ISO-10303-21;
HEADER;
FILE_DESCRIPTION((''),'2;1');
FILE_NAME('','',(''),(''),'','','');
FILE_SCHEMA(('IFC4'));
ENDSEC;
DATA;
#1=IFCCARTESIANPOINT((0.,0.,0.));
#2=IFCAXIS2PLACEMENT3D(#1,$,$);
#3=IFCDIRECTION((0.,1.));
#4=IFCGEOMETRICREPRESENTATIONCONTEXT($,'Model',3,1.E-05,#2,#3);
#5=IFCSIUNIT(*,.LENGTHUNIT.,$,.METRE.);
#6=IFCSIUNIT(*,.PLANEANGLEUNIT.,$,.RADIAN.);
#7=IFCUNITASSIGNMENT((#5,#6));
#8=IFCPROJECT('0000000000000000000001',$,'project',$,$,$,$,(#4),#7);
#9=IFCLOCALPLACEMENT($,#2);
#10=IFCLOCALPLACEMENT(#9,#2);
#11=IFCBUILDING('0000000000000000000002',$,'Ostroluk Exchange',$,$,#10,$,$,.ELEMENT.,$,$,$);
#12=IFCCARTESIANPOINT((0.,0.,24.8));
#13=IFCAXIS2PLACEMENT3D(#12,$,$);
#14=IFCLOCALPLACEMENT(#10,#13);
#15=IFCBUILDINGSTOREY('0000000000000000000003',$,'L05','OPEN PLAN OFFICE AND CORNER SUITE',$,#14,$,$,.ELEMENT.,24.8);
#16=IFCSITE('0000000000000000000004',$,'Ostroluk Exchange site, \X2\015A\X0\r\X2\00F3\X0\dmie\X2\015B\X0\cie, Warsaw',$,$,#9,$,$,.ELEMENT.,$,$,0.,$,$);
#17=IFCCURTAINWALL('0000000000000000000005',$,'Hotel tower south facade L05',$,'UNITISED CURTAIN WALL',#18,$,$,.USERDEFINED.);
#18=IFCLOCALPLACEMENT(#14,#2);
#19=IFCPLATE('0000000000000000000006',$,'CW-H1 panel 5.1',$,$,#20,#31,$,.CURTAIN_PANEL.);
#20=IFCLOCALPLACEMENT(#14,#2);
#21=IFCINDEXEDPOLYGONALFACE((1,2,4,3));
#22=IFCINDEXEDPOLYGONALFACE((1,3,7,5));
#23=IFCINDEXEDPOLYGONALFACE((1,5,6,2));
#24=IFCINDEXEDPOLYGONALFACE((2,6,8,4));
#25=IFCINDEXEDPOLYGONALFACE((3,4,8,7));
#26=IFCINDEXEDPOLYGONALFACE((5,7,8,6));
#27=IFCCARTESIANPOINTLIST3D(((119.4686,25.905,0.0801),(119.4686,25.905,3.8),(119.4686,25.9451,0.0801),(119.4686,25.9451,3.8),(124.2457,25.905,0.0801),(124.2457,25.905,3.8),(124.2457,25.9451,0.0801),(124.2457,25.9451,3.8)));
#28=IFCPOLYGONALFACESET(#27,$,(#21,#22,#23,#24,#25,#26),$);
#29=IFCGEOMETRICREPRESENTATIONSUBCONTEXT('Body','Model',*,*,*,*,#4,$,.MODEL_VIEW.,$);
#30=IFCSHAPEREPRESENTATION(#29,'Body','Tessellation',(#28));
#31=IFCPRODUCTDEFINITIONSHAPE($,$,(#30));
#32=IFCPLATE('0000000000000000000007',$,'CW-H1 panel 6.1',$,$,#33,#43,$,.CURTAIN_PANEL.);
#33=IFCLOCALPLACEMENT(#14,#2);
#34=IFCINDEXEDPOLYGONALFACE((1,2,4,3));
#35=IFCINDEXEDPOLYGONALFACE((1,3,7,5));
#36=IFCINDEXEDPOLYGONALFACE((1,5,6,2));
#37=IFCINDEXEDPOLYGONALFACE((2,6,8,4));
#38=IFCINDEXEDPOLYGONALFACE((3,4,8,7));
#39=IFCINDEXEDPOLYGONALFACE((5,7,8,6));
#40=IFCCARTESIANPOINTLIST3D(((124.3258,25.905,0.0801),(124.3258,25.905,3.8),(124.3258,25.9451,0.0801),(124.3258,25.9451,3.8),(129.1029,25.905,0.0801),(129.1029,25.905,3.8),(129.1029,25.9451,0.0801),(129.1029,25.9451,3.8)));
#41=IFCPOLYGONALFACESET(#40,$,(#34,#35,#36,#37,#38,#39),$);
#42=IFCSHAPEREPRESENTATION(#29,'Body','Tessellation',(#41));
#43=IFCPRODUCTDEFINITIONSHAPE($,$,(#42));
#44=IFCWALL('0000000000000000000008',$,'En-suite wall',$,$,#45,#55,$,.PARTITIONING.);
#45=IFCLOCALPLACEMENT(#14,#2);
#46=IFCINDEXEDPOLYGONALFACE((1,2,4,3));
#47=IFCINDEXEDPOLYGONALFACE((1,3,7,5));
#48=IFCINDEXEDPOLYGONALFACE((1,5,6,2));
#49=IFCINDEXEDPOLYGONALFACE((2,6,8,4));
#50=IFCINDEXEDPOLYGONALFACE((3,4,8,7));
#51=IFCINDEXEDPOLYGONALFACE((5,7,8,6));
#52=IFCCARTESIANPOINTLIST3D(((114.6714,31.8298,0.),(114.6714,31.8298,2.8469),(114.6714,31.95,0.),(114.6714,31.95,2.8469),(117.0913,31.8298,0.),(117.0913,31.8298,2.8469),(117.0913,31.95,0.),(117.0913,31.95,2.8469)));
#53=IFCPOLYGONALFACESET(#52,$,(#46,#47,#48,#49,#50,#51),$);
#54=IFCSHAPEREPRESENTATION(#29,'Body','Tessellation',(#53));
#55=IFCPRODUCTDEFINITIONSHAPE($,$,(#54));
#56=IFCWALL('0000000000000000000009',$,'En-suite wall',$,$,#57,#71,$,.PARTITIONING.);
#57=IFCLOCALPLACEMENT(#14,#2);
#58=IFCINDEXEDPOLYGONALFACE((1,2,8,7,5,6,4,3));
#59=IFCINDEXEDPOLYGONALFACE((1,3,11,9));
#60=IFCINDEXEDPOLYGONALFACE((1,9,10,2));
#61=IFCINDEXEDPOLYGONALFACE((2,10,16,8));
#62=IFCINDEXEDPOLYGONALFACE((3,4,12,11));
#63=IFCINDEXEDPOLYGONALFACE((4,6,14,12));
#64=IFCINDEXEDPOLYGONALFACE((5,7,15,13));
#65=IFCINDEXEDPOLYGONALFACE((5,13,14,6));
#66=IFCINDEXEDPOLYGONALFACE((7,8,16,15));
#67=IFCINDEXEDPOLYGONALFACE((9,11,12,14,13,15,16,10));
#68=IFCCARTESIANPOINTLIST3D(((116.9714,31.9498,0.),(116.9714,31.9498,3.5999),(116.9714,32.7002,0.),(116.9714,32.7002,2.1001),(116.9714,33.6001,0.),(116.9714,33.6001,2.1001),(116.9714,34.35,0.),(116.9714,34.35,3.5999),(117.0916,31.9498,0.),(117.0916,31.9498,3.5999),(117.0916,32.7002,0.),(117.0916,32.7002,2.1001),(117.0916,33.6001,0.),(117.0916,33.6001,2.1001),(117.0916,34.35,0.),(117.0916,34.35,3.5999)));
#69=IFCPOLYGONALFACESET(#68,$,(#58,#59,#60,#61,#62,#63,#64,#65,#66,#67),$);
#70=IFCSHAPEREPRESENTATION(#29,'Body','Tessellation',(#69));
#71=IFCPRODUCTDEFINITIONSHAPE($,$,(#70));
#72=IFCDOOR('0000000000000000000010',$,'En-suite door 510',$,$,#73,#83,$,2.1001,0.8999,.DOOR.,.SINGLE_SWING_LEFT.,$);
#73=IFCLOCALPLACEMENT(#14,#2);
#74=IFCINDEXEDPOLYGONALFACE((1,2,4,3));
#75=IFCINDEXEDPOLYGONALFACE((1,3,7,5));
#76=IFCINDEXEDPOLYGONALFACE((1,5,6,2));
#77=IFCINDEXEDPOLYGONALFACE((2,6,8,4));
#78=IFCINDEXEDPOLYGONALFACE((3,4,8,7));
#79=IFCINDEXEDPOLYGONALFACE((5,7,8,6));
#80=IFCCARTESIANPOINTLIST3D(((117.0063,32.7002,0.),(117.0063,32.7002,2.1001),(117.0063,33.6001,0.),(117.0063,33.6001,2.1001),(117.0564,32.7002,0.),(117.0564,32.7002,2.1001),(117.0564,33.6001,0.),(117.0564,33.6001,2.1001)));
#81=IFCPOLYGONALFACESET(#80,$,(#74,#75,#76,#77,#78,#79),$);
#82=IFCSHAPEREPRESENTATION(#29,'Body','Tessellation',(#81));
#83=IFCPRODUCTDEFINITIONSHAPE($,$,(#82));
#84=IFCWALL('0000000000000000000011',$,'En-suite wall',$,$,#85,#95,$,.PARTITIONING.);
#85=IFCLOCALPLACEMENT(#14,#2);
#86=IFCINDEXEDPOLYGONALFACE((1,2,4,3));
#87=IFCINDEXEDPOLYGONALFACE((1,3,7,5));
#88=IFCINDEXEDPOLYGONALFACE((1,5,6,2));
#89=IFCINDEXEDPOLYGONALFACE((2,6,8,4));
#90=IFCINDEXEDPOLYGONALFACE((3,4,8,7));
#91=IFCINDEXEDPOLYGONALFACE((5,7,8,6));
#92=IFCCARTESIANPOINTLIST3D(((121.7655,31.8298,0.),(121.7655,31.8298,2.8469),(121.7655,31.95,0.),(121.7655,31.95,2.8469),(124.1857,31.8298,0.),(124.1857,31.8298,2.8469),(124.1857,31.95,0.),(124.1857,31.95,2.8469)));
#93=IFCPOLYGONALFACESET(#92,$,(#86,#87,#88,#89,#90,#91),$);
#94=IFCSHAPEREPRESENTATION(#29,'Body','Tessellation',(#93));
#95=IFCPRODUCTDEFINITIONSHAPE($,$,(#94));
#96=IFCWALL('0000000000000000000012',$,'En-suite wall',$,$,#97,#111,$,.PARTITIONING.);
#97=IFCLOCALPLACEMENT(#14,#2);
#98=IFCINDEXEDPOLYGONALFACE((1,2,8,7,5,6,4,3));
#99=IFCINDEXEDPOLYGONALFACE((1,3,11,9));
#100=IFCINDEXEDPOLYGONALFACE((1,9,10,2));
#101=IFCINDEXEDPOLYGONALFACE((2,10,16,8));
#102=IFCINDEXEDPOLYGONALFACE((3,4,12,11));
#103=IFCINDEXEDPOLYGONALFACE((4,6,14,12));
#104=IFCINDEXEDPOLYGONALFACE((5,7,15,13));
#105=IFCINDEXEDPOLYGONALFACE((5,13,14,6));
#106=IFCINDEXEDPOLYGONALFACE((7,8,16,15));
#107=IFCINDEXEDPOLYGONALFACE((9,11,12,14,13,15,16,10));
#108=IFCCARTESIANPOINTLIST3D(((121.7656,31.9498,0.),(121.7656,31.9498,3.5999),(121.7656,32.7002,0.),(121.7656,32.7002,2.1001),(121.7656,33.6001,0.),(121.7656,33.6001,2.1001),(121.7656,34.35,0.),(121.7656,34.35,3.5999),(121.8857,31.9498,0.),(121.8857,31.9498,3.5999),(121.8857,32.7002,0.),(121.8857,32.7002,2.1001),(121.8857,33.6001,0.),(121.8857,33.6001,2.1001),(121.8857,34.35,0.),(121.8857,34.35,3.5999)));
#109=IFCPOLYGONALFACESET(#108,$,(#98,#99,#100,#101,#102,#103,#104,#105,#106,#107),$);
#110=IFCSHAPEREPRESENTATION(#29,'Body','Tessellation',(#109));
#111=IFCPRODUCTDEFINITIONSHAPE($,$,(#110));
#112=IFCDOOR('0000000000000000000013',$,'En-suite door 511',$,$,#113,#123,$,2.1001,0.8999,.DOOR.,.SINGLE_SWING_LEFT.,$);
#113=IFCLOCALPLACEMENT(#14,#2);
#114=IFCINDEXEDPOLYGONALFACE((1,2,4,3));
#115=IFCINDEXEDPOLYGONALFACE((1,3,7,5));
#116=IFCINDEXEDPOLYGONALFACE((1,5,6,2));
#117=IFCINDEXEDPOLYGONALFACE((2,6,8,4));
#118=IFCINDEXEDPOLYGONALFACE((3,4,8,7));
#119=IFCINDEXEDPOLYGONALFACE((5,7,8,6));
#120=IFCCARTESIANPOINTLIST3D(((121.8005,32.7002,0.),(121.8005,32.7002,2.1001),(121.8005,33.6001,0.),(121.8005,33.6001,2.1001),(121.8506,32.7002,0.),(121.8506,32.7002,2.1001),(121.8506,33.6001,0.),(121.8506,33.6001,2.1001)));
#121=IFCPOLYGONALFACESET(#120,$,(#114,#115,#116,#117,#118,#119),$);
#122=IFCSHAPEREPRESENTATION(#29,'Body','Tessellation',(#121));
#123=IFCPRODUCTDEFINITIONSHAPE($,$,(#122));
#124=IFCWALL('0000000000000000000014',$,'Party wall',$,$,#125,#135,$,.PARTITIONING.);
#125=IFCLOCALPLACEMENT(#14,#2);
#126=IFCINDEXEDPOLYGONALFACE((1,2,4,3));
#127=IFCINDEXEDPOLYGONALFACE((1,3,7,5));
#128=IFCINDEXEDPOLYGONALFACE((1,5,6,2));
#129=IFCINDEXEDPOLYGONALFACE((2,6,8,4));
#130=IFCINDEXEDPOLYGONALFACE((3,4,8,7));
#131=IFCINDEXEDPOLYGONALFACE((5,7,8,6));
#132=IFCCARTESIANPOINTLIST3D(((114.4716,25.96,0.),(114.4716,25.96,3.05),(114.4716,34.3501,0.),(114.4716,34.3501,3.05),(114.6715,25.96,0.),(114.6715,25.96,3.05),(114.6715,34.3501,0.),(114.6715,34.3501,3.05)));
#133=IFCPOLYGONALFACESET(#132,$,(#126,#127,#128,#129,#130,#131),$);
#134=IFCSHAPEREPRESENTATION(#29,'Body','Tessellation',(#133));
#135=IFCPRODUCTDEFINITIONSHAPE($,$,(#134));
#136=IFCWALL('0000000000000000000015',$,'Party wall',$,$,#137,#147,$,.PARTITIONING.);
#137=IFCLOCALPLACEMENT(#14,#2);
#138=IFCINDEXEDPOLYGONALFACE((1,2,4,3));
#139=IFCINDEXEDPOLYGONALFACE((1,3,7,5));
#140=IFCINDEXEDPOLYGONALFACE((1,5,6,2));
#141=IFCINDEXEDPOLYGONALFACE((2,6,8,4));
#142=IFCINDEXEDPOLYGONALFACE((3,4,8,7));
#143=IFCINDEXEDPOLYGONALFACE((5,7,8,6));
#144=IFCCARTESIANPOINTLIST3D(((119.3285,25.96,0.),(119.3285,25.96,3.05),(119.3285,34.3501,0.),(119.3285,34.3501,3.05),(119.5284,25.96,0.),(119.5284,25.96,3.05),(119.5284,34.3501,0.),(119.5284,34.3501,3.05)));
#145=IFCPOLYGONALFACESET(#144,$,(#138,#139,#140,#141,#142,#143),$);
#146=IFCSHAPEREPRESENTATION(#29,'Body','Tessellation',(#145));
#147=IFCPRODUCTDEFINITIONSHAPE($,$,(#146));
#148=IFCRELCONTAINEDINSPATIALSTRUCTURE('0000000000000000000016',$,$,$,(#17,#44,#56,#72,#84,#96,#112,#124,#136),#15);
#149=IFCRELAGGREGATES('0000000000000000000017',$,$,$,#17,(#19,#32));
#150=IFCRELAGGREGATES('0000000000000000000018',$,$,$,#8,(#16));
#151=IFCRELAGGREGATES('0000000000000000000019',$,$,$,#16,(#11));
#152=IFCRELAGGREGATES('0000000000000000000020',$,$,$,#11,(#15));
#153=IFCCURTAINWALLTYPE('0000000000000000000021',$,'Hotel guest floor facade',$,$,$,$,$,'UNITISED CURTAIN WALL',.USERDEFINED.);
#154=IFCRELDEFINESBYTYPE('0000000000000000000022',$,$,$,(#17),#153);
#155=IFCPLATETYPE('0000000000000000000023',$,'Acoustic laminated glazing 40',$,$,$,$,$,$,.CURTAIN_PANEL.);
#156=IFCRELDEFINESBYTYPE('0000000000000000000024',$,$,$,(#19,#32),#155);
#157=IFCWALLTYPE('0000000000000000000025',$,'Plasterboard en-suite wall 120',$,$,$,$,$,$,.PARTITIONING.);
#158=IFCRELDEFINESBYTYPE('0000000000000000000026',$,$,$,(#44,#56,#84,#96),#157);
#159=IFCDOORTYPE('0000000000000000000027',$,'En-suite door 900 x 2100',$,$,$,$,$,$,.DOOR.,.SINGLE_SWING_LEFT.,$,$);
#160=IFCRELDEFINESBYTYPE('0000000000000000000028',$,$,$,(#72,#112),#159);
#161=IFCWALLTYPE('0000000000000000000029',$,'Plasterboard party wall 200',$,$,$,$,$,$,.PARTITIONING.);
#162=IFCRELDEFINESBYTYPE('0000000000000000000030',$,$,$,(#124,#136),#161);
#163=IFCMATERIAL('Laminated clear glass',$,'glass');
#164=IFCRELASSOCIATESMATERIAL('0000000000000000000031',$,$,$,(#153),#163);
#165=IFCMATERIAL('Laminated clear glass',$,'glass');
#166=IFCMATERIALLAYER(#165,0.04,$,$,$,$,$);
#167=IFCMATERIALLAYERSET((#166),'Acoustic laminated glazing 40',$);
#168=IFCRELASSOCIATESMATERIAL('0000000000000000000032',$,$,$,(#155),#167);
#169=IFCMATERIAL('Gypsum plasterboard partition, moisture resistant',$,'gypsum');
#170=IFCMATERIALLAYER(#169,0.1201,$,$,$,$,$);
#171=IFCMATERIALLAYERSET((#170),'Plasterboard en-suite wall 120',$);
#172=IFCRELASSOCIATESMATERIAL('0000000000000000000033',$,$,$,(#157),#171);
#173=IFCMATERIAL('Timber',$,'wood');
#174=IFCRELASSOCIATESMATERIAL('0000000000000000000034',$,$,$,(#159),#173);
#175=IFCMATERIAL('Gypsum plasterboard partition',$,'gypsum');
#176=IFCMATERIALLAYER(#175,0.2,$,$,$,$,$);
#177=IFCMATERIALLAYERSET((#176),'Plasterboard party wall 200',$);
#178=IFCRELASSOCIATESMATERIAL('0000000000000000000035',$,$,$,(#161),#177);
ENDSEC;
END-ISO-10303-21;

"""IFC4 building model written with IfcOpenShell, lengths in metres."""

from ifc_helpers import new_model, si_unit, direction, frame, frame_2d, origin, origin_2d, place, context, subcontext, project, spatial, rectangle, extrude, material, layer, layer_set, type_object, element, fill, aggregate, save


model = new_model("IFC4")

# Units and contexts
model_context = context("Model", 3, precision=1e-05, world=origin(), true_north=direction((0.0, 1.0)))
body_context = subcontext(model_context, "Body", "Model", "MODEL_VIEW")
ifc_project = project(units=[si_unit("LENGTHUNIT", "METRE"), si_unit("PLANEANGLEUNIT", "RADIAN")], contexts=[model_context])

# Site, building, storey
site_placement = place(None, origin())
site = spatial("IfcSite", under=ifc_project, at=site_placement, Name="Ostroluk Exchange site, Śródmieście, Warsaw", CompositionType="ELEMENT", RefElevation=0.0)
building_placement = place(site_placement, origin())
building = spatial("IfcBuilding", under=site, at=building_placement, Name="Ostroluk Exchange", CompositionType="ELEMENT")
storey_placement = place(building_placement, frame((0.0, 0.0, 24.8)))
storey = spatial("IfcBuildingStorey", under=building, at=storey_placement, Name="L05", Description="OPEN PLAN OFFICE AND CORNER SUITE", CompositionType="ELEMENT", Elevation=24.8)

# Curtain wall, plates
ifc_material_1 = material(Name="Laminated clear glass", Category="glass")
curtain_wall_type = type_object("IfcCurtainWallType", Name="Hotel guest floor facade", ElementType="UNITISED CURTAIN WALL", PredefinedType="USERDEFINED", material=ifc_material_1)
curtain_wall_placement = place(storey_placement, origin())
curtain_wall = element("IfcCurtainWall", 1, at=curtain_wall_placement, inside=storey, type_object=curtain_wall_type, Name="Hotel tower south facade L05", ObjectType="UNITISED CURTAIN WALL", PredefinedType="USERDEFINED")
ifc_material_2 = material(Name="Laminated clear glass", Category="glass")
ifc_layer_1 = layer(ifc_material_2, 0.04)
ifc_layer_set_1 = layer_set([ifc_layer_1], Name="Acoustic laminated glazing 40")
plate_type = type_object("IfcPlateType", Name="Acoustic laminated glazing 40", PredefinedType="CURTAIN_PANEL", material=ifc_layer_set_1)
plate_1_placement = place(storey_placement, frame((121.8572, 25.925, 0.0801), z_axis=(0.0, 0.0, 1.0), x_axis=(1.0, 0.0, 0.0)))
plate_1 = element("IfcPlate", 2, at=plate_1_placement, type_object=plate_type, Name="CW-H1 panel 5.1", PredefinedType="CURTAIN_PANEL", context=body_context, shape_type="SweptSolid", body=[
    extrude(rectangle(XDim=4.7771, YDim=0.04, at=origin_2d()), origin(), (0.0, 0.0, 1.0), 3.72),
])
plate_2_placement = place(storey_placement, frame((126.7144, 25.925, 0.0801), z_axis=(0.0, 0.0, 1.0), x_axis=(1.0, 0.0, 0.0)))
plate_2 = element("IfcPlate", 3, at=plate_2_placement, type_object=plate_type, Name="CW-H1 panel 6.1", PredefinedType="CURTAIN_PANEL", context=body_context, shape_type="SweptSolid", body=[
    extrude(rectangle(XDim=4.7771, YDim=0.04, at=origin_2d()), origin(), (0.0, 0.0, 1.0), 3.72),
])
aggregate(curtain_wall, [plate_1, plate_2])

# Wall
ifc_material_3 = material(Name="Gypsum plasterboard partition, moisture resistant", Category="gypsum")
ifc_layer_2 = layer(ifc_material_3, 0.1201)
ifc_layer_set_2 = layer_set([ifc_layer_2], Name="Plasterboard en-suite wall 120")
wall_type_1 = type_object("IfcWallType", Name="Plasterboard en-suite wall 120", PredefinedType="PARTITIONING", material=ifc_layer_set_2)
wall_1_placement = place(storey_placement, frame((114.6714, 31.8899, 0.0), z_axis=(0.0, 0.0, 1.0), x_axis=(1.0, 0.0, 0.0)))
element("IfcWall", 4, at=wall_1_placement, inside=storey, type_object=wall_type_1, Name="En-suite wall", PredefinedType="PARTITIONING", context=body_context, shape_type="SweptSolid", body=[
    extrude(rectangle(XDim=2.4199, YDim=0.1201, at=frame_2d((1.21, 0.0))), origin(), (0.0, 0.0, 1.0), 2.8469),
])

# Wall, opening, door
wall_2_placement = place(storey_placement, frame((117.0315, 34.3501, 0.0), z_axis=(0.0, 0.0, 1.0), x_axis=(0.0, -1.0, 0.0)))
wall_2 = element("IfcWall", 5, at=wall_2_placement, inside=storey, type_object=wall_type_1, Name="En-suite wall", PredefinedType="PARTITIONING", context=body_context, shape_type="SweptSolid", body=[
    extrude(rectangle(XDim=2.4001, YDim=0.1201, at=frame_2d((1.2002, 0.0))), origin(), (0.0, 0.0, 1.0), 3.5999),
])
opening_1_placement = place(wall_2_placement, frame((0.75, 0.0, 0.0)))
opening_1 = element("IfcOpeningElement", 6, at=opening_1_placement, cuts=wall_2, PredefinedType="OPENING", context=body_context, shape_type="SweptSolid", body=[
    extrude(rectangle(XDim=0.8999, YDim=2.1001, at=frame_2d((0.45, 1.05))), frame((0.0, 0.0701, 0.0), z_axis=(0.0, -1.0, 0.0), x_axis=(1.0, 0.0, 0.0)), (0.0, 0.0, 1.0), 0.1401),
])
ifc_material_4 = material(Name="Timber", Category="wood")
door_type = type_object("IfcDoorType", Name="En-suite door 900 x 2100", OperationType="SINGLE_SWING_LEFT", PredefinedType="DOOR", material=ifc_material_4)
door_1_placement = place(opening_1_placement, origin())
door_1 = element("IfcDoor", 7, at=door_1_placement, inside=storey, type_object=door_type, Name="En-suite door 510", OperationType="SINGLE_SWING_LEFT", OverallHeight=2.1001, OverallWidth=0.8999, PredefinedType="DOOR", context=body_context, shape_type="SweptSolid", body=[
    extrude(rectangle(XDim=0.8999, YDim=2.1001, at=frame_2d((0.45, 1.05))), frame((0.0, 0.0249, 0.0), z_axis=(0.0, -1.0, 0.0), x_axis=(1.0, 0.0, 0.0)), (0.0, 0.0, 1.0), 0.05),
])
fill(opening_1, door_1)

# Wall
wall_3_placement = place(storey_placement, frame((121.7656, 31.8899, 0.0), z_axis=(0.0, 0.0, 1.0), x_axis=(1.0, 0.0, 0.0)))
element("IfcWall", 8, at=wall_3_placement, inside=storey, type_object=wall_type_1, Name="En-suite wall", PredefinedType="PARTITIONING", context=body_context, shape_type="SweptSolid", body=[
    extrude(rectangle(XDim=2.4202, YDim=0.1201, at=frame_2d((1.21, 0.0))), origin(), (0.0, 0.0, 1.0), 2.8469),
])

# Wall, opening, door
wall_4_placement = place(storey_placement, frame((121.8257, 34.3501, 0.0), z_axis=(0.0, 0.0, 1.0), x_axis=(0.0, -1.0, 0.0)))
wall_4 = element("IfcWall", 9, at=wall_4_placement, inside=storey, type_object=wall_type_1, Name="En-suite wall", PredefinedType="PARTITIONING", context=body_context, shape_type="SweptSolid", body=[
    extrude(rectangle(XDim=2.4001, YDim=0.1201, at=frame_2d((1.2002, 0.0))), origin(), (0.0, 0.0, 1.0), 3.5999),
])
opening_2_placement = place(wall_4_placement, frame((0.75, 0.0, 0.0)))
opening_2 = element("IfcOpeningElement", 10, at=opening_2_placement, cuts=wall_4, PredefinedType="OPENING", context=body_context, shape_type="SweptSolid", body=[
    extrude(rectangle(XDim=0.8999, YDim=2.1001, at=frame_2d((0.45, 1.05))), frame((0.0, 0.0701, 0.0), z_axis=(0.0, -1.0, 0.0), x_axis=(1.0, 0.0, 0.0)), (0.0, 0.0, 1.0), 0.1401),
])
door_2_placement = place(opening_2_placement, origin())
door_2 = element("IfcDoor", 11, at=door_2_placement, inside=storey, type_object=door_type, Name="En-suite door 511", OperationType="SINGLE_SWING_LEFT", OverallHeight=2.1001, OverallWidth=0.8999, PredefinedType="DOOR", context=body_context, shape_type="SweptSolid", body=[
    extrude(rectangle(XDim=0.8999, YDim=2.1001, at=frame_2d((0.45, 1.05))), frame((0.0, 0.0249, 0.0), z_axis=(0.0, -1.0, 0.0), x_axis=(1.0, 0.0, 0.0)), (0.0, 0.0, 1.0), 0.05),
])
fill(opening_2, door_2)

# Walls
ifc_material_5 = material(Name="Gypsum plasterboard partition", Category="gypsum")
ifc_layer_3 = layer(ifc_material_5, 0.2)
ifc_layer_set_3 = layer_set([ifc_layer_3], Name="Plasterboard party wall 200")
wall_type_2 = type_object("IfcWallType", Name="Plasterboard party wall 200", PredefinedType="PARTITIONING", material=ifc_layer_set_3)
for number, where, z_axis, x_axis, name in (
    (12, (114.5715, 34.3501, 0.0), (0.0, 0.0, 1.0), (0.0, -1.0, 0.0), "Party wall"),
    (13, (119.4285, 34.3501, 0.0), (0.0, 0.0, 1.0), (0.0, -1.0, 0.0), "Party wall"),
):
    element("IfcWall", number, at=place(storey_placement, frame(where, z_axis=z_axis, x_axis=x_axis)), inside=storey, type_object=wall_type_2, Name=name, PredefinedType="PARTITIONING", context=body_context, shape_type="SweptSolid", body=[
        extrude(rectangle(XDim=8.3901, YDim=0.2, at=frame_2d((4.1951, 0.0))), origin(), (0.0, 0.0, 1.0), 3.05),
    ])

save(model, "model.ifc")
